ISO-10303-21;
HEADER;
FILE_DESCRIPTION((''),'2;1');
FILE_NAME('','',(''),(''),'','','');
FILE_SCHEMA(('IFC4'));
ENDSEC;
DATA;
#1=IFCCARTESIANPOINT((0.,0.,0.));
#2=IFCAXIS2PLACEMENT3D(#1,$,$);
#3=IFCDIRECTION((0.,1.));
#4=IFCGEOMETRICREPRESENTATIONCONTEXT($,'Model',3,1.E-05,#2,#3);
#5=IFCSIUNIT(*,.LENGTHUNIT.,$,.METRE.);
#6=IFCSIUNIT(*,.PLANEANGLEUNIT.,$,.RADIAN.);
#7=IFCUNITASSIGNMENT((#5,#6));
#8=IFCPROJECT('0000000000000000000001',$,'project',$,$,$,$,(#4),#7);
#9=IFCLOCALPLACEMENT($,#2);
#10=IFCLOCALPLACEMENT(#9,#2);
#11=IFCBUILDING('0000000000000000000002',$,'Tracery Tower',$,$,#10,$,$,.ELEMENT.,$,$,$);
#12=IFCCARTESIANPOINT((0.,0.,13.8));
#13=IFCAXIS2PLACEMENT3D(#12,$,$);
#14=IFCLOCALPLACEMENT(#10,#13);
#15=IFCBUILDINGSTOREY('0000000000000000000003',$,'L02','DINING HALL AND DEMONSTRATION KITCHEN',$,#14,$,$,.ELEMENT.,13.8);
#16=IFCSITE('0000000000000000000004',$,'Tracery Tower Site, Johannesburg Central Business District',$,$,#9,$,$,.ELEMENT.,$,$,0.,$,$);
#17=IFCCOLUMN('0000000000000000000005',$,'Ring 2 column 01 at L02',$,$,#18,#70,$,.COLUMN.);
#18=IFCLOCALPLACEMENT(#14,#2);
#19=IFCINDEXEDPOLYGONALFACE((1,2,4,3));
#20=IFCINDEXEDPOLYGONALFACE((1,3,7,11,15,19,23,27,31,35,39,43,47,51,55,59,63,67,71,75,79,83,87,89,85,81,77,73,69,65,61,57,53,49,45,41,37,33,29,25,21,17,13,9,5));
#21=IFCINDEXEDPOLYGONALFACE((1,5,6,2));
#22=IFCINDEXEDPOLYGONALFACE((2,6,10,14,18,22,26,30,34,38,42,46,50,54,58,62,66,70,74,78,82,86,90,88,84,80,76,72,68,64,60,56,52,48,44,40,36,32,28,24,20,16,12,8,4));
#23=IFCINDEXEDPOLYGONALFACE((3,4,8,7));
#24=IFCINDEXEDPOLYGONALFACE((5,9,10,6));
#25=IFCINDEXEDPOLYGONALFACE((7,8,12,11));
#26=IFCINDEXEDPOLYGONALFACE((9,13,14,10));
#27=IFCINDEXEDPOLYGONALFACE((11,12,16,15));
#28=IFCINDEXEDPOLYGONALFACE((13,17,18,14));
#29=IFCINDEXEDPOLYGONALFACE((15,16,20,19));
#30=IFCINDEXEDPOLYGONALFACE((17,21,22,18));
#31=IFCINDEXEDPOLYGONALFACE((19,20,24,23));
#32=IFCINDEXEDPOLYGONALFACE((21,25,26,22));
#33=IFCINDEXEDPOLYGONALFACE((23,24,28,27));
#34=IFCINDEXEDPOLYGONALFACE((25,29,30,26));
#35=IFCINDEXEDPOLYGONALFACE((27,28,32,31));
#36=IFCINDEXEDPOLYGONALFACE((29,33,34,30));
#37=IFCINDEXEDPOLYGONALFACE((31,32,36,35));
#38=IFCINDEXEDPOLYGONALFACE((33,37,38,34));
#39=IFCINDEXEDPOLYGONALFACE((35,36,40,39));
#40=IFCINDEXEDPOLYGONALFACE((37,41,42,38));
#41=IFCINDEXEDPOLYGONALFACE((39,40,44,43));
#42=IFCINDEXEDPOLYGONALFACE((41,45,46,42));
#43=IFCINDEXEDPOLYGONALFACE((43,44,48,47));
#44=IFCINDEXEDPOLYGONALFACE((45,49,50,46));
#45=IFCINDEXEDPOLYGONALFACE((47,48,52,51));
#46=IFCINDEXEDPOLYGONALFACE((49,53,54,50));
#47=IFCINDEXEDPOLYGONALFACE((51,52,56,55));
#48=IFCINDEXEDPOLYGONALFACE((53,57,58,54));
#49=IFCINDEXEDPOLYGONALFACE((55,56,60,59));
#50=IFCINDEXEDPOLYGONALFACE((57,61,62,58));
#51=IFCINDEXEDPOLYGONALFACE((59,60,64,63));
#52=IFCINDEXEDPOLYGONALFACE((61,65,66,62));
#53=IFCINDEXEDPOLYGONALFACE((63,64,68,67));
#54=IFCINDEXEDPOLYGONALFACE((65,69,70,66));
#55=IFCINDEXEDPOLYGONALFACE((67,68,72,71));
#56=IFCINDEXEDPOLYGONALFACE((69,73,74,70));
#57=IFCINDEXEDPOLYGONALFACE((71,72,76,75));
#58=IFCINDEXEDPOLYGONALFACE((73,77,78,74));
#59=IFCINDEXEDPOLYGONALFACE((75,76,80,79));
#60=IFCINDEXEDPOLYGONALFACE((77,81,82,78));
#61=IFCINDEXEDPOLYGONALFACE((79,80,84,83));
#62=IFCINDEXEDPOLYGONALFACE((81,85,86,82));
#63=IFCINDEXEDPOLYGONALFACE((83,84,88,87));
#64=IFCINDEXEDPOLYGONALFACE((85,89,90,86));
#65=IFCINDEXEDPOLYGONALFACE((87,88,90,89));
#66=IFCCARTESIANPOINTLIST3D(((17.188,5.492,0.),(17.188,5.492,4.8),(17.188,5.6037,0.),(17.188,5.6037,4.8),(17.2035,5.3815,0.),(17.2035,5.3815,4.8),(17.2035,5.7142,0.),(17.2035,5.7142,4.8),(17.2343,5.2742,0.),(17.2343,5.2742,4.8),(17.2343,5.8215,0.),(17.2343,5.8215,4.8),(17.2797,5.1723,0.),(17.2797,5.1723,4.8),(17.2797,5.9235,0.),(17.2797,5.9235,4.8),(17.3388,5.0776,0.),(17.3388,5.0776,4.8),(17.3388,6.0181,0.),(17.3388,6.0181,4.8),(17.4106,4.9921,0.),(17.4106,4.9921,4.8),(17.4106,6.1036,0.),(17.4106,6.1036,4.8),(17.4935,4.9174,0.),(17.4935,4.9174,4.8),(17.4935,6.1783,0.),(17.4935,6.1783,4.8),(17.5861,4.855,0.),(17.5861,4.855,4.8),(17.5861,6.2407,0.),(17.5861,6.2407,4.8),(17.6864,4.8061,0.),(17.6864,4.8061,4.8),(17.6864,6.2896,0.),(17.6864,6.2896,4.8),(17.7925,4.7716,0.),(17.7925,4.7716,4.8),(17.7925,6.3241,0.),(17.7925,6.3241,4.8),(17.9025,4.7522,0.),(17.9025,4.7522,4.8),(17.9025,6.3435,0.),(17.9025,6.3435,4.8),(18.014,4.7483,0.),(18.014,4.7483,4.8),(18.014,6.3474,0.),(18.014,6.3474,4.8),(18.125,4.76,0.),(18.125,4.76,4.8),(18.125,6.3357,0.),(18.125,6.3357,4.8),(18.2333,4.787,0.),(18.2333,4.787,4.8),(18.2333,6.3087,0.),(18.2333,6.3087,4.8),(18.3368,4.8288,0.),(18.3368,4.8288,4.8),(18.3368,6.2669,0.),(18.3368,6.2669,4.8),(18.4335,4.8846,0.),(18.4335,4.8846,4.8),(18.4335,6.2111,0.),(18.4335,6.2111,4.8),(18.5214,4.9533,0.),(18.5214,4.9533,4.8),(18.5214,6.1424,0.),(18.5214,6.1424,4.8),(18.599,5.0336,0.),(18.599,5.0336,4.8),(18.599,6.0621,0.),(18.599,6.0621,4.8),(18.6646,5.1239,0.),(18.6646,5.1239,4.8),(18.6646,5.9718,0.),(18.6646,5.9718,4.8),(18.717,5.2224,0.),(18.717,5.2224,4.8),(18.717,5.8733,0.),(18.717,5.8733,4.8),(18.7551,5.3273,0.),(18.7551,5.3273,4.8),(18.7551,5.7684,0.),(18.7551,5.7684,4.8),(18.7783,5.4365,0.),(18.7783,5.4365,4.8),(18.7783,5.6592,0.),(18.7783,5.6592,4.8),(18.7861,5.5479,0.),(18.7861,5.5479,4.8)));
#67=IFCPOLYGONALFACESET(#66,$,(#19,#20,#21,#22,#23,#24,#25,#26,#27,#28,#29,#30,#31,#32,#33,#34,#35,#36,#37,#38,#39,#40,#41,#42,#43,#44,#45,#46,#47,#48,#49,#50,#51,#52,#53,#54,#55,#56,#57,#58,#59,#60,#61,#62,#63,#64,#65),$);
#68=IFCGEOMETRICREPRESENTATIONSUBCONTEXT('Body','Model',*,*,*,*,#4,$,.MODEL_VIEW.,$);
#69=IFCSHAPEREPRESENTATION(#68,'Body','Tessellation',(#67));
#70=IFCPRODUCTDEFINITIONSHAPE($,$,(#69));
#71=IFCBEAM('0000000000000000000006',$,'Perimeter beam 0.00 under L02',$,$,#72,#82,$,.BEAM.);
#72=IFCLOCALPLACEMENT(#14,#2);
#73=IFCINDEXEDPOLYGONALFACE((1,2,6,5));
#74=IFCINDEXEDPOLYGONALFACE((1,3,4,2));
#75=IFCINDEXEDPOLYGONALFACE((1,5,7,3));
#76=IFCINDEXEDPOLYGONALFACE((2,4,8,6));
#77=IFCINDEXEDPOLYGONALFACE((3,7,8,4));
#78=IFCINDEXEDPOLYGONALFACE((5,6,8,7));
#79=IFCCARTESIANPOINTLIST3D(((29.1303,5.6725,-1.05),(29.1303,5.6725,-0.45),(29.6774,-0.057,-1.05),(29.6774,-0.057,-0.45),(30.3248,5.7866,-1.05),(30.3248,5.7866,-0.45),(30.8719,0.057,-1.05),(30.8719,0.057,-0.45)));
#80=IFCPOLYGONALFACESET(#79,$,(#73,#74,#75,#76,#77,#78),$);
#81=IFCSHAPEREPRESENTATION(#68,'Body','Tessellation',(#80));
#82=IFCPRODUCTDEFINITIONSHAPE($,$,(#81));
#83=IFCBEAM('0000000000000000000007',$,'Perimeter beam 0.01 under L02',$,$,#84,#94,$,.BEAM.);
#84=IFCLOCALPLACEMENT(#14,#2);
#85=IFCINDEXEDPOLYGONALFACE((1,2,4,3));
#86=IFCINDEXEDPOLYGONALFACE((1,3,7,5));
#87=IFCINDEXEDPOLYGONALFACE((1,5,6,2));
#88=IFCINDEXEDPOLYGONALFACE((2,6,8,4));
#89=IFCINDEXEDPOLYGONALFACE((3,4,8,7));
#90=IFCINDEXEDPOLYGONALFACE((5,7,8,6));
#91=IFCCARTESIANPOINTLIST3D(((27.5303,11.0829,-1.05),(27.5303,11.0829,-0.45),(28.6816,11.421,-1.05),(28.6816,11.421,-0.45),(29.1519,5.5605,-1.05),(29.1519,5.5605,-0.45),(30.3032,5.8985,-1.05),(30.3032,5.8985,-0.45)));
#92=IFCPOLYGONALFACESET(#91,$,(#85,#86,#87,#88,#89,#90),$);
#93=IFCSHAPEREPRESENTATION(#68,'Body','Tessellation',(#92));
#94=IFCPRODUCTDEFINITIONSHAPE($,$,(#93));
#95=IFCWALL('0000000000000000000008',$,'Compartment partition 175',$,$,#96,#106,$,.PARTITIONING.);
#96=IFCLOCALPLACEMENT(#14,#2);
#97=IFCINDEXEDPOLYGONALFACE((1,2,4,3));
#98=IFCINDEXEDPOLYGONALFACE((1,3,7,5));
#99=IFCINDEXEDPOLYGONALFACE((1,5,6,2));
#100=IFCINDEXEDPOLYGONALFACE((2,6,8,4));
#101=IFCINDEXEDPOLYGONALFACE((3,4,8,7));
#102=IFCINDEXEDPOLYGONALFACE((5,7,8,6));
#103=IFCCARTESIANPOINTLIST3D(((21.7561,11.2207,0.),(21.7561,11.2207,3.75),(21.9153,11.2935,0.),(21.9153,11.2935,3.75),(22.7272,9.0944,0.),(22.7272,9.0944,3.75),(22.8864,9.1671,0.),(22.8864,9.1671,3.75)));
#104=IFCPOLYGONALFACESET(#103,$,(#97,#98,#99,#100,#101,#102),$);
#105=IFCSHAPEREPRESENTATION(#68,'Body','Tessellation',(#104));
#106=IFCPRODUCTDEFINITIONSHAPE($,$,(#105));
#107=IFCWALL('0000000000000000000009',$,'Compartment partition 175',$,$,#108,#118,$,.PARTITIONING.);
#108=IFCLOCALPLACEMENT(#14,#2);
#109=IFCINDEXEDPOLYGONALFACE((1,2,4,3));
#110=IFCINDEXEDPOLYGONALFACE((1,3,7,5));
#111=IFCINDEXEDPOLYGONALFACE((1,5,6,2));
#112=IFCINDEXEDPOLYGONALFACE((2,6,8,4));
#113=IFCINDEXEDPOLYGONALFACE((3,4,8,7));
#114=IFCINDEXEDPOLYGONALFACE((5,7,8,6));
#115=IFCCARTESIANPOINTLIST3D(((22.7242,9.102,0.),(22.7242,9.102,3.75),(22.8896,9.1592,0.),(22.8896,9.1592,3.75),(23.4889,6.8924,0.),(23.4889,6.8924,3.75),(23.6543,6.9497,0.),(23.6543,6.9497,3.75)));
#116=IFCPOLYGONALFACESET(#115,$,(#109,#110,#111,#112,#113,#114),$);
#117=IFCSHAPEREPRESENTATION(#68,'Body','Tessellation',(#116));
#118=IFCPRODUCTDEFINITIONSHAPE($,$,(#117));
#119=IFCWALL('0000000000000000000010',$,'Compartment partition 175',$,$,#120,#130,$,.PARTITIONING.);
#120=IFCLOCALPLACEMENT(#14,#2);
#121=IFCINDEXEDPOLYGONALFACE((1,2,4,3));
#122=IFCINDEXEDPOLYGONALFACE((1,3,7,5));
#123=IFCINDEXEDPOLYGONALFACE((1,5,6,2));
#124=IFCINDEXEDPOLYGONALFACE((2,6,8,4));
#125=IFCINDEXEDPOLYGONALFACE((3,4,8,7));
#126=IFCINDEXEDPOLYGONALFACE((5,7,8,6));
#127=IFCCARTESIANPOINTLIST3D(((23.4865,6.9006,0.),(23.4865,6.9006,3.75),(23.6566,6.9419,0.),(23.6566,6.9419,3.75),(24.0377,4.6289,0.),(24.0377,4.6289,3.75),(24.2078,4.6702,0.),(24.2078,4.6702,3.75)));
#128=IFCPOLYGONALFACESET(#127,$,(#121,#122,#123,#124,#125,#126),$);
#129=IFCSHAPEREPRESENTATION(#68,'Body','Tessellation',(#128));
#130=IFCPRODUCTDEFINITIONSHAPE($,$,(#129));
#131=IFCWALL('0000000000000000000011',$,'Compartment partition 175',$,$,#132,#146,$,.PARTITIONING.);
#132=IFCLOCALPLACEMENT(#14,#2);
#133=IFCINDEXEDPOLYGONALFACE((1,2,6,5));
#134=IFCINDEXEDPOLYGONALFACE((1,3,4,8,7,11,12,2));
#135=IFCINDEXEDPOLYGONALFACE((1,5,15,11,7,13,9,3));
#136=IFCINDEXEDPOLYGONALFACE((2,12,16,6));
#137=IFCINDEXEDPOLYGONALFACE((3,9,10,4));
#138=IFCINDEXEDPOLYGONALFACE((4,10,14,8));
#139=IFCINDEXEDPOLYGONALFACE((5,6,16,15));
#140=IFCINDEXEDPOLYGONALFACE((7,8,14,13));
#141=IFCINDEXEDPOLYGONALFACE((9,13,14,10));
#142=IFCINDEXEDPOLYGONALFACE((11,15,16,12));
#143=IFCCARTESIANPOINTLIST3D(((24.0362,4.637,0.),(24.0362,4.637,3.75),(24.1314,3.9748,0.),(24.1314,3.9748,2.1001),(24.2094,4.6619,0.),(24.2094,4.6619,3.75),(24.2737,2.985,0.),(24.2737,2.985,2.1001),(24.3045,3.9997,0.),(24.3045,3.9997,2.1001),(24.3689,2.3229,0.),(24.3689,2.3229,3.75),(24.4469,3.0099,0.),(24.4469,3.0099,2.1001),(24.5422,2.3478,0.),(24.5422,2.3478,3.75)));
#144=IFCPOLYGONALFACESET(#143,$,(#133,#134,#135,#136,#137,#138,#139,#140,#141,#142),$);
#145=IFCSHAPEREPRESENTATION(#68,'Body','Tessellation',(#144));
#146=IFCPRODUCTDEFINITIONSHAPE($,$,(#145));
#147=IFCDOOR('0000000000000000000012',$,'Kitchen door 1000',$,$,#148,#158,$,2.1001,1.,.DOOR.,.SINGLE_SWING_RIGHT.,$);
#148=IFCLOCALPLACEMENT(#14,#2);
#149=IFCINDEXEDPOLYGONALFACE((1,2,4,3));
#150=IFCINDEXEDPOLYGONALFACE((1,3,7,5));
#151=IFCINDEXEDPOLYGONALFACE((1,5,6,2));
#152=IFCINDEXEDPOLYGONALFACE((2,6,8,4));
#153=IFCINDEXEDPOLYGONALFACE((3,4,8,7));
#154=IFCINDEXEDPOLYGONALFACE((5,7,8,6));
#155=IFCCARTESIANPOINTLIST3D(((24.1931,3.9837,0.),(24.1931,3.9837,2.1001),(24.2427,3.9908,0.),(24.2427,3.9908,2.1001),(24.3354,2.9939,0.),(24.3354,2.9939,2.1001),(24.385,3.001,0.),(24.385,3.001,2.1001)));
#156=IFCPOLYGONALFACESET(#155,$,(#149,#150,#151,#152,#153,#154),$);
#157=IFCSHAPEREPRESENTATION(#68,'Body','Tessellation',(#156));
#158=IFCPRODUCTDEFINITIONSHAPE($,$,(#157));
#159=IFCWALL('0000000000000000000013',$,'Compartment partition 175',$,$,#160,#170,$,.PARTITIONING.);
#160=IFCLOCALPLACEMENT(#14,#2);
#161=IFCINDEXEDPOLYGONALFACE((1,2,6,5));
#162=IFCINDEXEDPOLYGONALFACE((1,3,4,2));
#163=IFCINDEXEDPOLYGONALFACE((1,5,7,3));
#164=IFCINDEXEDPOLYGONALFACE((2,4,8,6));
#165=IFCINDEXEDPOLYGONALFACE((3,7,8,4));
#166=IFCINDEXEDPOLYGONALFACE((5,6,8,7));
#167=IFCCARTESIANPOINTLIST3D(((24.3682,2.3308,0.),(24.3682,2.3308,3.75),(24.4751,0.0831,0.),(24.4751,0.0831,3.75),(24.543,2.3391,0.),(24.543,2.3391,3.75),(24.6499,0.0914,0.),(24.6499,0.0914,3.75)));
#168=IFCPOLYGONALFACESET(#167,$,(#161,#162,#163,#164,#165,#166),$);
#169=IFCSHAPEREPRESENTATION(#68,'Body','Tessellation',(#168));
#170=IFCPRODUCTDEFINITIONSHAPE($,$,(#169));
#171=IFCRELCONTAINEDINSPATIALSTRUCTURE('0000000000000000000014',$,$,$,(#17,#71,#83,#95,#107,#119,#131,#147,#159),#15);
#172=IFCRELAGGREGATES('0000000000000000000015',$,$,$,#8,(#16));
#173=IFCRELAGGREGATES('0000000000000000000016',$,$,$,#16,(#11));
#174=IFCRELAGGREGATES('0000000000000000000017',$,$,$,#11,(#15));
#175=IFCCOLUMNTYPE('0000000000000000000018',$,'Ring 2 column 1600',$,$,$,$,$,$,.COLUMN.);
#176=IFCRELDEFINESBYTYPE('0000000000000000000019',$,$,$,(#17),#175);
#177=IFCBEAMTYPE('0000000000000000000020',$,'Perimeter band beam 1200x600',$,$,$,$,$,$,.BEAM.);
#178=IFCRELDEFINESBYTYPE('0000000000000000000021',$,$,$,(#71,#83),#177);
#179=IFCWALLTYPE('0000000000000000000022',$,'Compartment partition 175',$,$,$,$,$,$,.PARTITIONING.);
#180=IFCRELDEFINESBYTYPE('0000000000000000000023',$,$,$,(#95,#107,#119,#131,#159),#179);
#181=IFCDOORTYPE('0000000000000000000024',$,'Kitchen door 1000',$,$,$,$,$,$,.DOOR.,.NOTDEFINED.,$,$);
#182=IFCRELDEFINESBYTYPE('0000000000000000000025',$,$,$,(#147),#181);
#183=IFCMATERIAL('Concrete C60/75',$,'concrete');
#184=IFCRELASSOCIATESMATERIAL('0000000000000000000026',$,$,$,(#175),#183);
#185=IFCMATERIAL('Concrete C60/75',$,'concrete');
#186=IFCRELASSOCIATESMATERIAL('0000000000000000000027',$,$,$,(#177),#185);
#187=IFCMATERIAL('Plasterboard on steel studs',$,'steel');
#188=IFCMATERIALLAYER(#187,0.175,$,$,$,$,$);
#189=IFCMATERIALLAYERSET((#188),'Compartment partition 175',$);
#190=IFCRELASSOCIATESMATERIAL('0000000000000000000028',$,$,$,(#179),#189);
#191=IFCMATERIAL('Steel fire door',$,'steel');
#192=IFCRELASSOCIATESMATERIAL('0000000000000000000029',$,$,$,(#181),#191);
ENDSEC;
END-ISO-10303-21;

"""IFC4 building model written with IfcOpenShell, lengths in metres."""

from ifc_helpers import new_model, si_unit, direction, frame, frame_2d, origin, origin_2d, place, context, subcontext, project, spatial, rectangle, circle, extrude, material, layer, layer_set, material_profile, profile_set, type_object, element, fill, save


model = new_model("IFC4")

# Units and contexts
model_context = context("Model", 3, precision=1e-05, world=origin(), true_north=direction((0.0, 1.0)))
body_context = subcontext(model_context, "Body", "Model", "MODEL_VIEW")
ifc_project = project(units=[si_unit("LENGTHUNIT", "METRE"), si_unit("PLANEANGLEUNIT", "RADIAN")], contexts=[model_context])

# Site, building, storey
site_placement = place(None, origin())
site = spatial("IfcSite", under=ifc_project, at=site_placement, Name="Tracery Tower Site, Johannesburg Central Business District", CompositionType="ELEMENT", RefElevation=0.0)
building_placement = place(site_placement, origin())
building = spatial("IfcBuilding", under=site, at=building_placement, Name="Tracery Tower", CompositionType="ELEMENT")
storey_placement = place(building_placement, frame((0.0, 0.0, 13.8)))
storey = spatial("IfcBuildingStorey", under=building, at=storey_placement, Name="L02", Description="DINING HALL AND DEMONSTRATION KITCHEN", CompositionType="ELEMENT", Elevation=13.8)

# Column
ifc_material_1 = material(Name="Concrete C60/75", Category="concrete")
ifc_material_profile_1 = material_profile(ifc_material_1, circle(Radius=0.8, at=origin_2d()), Name="RC D1600")
ifc_profile_set_1 = profile_set([ifc_material_profile_1], Name="Concrete C60/75")
column_type_1 = type_object("IfcColumnType", Name="Ring 2 column 1600", PredefinedType="COLUMN", material=ifc_profile_set_1)
for number, where, z_axis, x_axis, name in (
    (1, (17.9861, 5.5479, 0.0), (0.0, 0.0, 1.0), (1.0, 0.0, 0.0), "Ring 2 column 01 at L02"),
):
    element("IfcColumn", number, at=place(storey_placement, frame(where, z_axis=z_axis, x_axis=x_axis)), inside=storey, type_object=column_type_1, Name=name, PredefinedType="COLUMN", context=body_context, shape_type="SweptSolid", body=[
        extrude(circle(Radius=0.8, at=origin_2d()), origin(), (0.0, 0.0, 1.0), 4.8),
    ])

# Beams
ifc_material_2 = material(Name="Concrete C60/75", Category="concrete")
ifc_material_profile_2 = material_profile(ifc_material_2, rectangle(XDim=1.2, YDim=0.6001, at=origin_2d()), Name="RC 1200x600")
ifc_profile_set_2 = profile_set([ifc_material_profile_2], Name="Concrete C60/75")
beam_type = type_object("IfcBeamType", Name="Perimeter band beam 1200x600", PredefinedType="BEAM", material=ifc_profile_set_2)
for number, where, z_axis, x_axis, name in (
    (2, (30.2747, 0.0, -0.75), (-0.095059, 0.995472, 0.0), (-0.995472, -0.095059, 0.0), "Perimeter beam 0.00 under L02"),
    (3, (29.7275, 5.7295, -0.75), (-0.281739, 0.959491, 0.0), (-0.959491, -0.281739, 0.0), "Perimeter beam 0.01 under L02"),
):
    element("IfcBeam", number, at=place(storey_placement, frame(where, z_axis=z_axis, x_axis=x_axis)), inside=storey, type_object=beam_type, Name=name, PredefinedType="BEAM", context=body_context, shape_type="SweptSolid", body=[
        extrude(rectangle(XDim=1.2, YDim=0.6001, at=origin_2d()), origin(), (0.0, 0.0, 1.0), 5.7556),
    ])

# Walls
ifc_material_3 = material(Name="Plasterboard on steel studs", Category="steel")
ifc_layer_1 = layer(ifc_material_3, 0.175)
ifc_layer_set_1 = layer_set([ifc_layer_1], Name="Compartment partition 175")
wall_type_1 = type_object("IfcWallType", Name="Compartment partition 175", PredefinedType="PARTITIONING", material=ifc_layer_set_1)
wall_1_placement = place(storey_placement, frame((22.8069, 9.1306, 0.0), z_axis=(0.0, 0.0, 1.0), x_axis=(-0.415439, 0.909621, 0.0)))
element("IfcWall", 4, at=wall_1_placement, inside=storey, type_object=wall_type_1, Name="Compartment partition 175", PredefinedType="PARTITIONING", context=body_context, shape_type="SweptSolid", body=[
    extrude(rectangle(XDim=2.3376, YDim=0.175, at=frame_2d((1.1689, 0.0))), origin(), (0.0, 0.0, 1.0), 3.75),
])
wall_2_placement = place(storey_placement, frame((23.5715, 6.9211, 0.0), z_axis=(0.0, 0.0, 1.0), x_axis=(-0.327046, 0.945008, 0.0)))
element("IfcWall", 5, at=wall_2_placement, inside=storey, type_object=wall_type_1, Name="Compartment partition 175", PredefinedType="PARTITIONING", context=body_context, shape_type="SweptSolid", body=[
    extrude(rectangle(XDim=2.3381, YDim=0.175, at=frame_2d((1.1689, 0.0))), origin(), (0.0, 0.0, 1.0), 3.75),
])
wall_3_placement = place(storey_placement, frame((24.1228, 4.6494, 0.0), z_axis=(0.0, 0.0, 1.0), x_axis=(-0.235821, 0.971796, 0.0)))
element("IfcWall", 6, at=wall_3_placement, inside=storey, type_object=wall_type_1, Name="Compartment partition 175", PredefinedType="PARTITIONING", context=body_context, shape_type="SweptSolid", body=[
    extrude(rectangle(XDim=2.3376, YDim=0.175, at=frame_2d((1.1689, 0.0))), origin(), (0.0, 0.0, 1.0), 3.75),
])

# Wall, opening, door
wall_4_placement = place(storey_placement, frame((24.1228, 4.6494, 0.0), z_axis=(0.0, 0.0, 1.0), x_axis=(0.142328, -0.98982, 0.0)))
wall_4 = element("IfcWall", 7, at=wall_4_placement, inside=storey, type_object=wall_type_1, Name="Compartment partition 175", PredefinedType="PARTITIONING", context=body_context, shape_type="SweptSolid", body=[
    extrude(rectangle(XDim=2.3379, YDim=0.175, at=frame_2d((1.1689, 0.0))), origin(), (0.0, 0.0, 1.0), 3.75),
])
opening_1_placement = place(wall_4_placement, frame((0.6689, 0.0, 0.0)))
opening_1 = element("IfcOpeningElement", 8, at=opening_1_placement, cuts=wall_4, PredefinedType="OPENING", context=body_context, shape_type="SweptSolid", body=[
    extrude(rectangle(XDim=1.0, YDim=2.1001, at=frame_2d((0.5, 1.05))), frame((0.0, 0.0874, 0.0), z_axis=(0.0, -1.0, 0.0), x_axis=(1.0, 0.0, 0.0)), (0.0, 0.0, 1.0), 0.175),
])
ifc_material_4 = material(Name="Steel fire door", Category="steel")
door_type = type_object("IfcDoorType", Name="Kitchen door 1000", OperationType="NOTDEFINED", PredefinedType="DOOR", material=ifc_material_4)
door_1_placement = place(opening_1_placement, origin())
door_1 = element("IfcDoor", 9, at=door_1_placement, inside=storey, type_object=door_type, Name="Kitchen door 1000", OperationType="SINGLE_SWING_RIGHT", OverallHeight=2.1001, OverallWidth=1.0, PredefinedType="DOOR", context=body_context, shape_type="SweptSolid", body=[
    extrude(rectangle(XDim=1.0, YDim=2.1001, at=frame_2d((0.5, 1.05))), frame((0.0, 0.0249, 0.0), z_axis=(0.0, -1.0, 0.0), x_axis=(1.0, 0.0, 0.0)), (0.0, 0.0, 1.0), 0.05),
])
fill(opening_1, door_1)

# Wall
wall_5_placement = place(storey_placement, frame((24.5625, 0.0874, 0.0), z_axis=(0.0, 0.0, 1.0), x_axis=(-0.047519, 0.99887, 0.0)))
element("IfcWall", 10, at=wall_5_placement, inside=storey, type_object=wall_type_1, Name="Compartment partition 175", PredefinedType="PARTITIONING", context=body_context, shape_type="SweptSolid", body=[
    extrude(rectangle(XDim=2.2502, YDim=0.175, at=frame_2d((1.125, 0.0))), origin(), (0.0, 0.0, 1.0), 3.75),
])

save(model, "model.ifc")
